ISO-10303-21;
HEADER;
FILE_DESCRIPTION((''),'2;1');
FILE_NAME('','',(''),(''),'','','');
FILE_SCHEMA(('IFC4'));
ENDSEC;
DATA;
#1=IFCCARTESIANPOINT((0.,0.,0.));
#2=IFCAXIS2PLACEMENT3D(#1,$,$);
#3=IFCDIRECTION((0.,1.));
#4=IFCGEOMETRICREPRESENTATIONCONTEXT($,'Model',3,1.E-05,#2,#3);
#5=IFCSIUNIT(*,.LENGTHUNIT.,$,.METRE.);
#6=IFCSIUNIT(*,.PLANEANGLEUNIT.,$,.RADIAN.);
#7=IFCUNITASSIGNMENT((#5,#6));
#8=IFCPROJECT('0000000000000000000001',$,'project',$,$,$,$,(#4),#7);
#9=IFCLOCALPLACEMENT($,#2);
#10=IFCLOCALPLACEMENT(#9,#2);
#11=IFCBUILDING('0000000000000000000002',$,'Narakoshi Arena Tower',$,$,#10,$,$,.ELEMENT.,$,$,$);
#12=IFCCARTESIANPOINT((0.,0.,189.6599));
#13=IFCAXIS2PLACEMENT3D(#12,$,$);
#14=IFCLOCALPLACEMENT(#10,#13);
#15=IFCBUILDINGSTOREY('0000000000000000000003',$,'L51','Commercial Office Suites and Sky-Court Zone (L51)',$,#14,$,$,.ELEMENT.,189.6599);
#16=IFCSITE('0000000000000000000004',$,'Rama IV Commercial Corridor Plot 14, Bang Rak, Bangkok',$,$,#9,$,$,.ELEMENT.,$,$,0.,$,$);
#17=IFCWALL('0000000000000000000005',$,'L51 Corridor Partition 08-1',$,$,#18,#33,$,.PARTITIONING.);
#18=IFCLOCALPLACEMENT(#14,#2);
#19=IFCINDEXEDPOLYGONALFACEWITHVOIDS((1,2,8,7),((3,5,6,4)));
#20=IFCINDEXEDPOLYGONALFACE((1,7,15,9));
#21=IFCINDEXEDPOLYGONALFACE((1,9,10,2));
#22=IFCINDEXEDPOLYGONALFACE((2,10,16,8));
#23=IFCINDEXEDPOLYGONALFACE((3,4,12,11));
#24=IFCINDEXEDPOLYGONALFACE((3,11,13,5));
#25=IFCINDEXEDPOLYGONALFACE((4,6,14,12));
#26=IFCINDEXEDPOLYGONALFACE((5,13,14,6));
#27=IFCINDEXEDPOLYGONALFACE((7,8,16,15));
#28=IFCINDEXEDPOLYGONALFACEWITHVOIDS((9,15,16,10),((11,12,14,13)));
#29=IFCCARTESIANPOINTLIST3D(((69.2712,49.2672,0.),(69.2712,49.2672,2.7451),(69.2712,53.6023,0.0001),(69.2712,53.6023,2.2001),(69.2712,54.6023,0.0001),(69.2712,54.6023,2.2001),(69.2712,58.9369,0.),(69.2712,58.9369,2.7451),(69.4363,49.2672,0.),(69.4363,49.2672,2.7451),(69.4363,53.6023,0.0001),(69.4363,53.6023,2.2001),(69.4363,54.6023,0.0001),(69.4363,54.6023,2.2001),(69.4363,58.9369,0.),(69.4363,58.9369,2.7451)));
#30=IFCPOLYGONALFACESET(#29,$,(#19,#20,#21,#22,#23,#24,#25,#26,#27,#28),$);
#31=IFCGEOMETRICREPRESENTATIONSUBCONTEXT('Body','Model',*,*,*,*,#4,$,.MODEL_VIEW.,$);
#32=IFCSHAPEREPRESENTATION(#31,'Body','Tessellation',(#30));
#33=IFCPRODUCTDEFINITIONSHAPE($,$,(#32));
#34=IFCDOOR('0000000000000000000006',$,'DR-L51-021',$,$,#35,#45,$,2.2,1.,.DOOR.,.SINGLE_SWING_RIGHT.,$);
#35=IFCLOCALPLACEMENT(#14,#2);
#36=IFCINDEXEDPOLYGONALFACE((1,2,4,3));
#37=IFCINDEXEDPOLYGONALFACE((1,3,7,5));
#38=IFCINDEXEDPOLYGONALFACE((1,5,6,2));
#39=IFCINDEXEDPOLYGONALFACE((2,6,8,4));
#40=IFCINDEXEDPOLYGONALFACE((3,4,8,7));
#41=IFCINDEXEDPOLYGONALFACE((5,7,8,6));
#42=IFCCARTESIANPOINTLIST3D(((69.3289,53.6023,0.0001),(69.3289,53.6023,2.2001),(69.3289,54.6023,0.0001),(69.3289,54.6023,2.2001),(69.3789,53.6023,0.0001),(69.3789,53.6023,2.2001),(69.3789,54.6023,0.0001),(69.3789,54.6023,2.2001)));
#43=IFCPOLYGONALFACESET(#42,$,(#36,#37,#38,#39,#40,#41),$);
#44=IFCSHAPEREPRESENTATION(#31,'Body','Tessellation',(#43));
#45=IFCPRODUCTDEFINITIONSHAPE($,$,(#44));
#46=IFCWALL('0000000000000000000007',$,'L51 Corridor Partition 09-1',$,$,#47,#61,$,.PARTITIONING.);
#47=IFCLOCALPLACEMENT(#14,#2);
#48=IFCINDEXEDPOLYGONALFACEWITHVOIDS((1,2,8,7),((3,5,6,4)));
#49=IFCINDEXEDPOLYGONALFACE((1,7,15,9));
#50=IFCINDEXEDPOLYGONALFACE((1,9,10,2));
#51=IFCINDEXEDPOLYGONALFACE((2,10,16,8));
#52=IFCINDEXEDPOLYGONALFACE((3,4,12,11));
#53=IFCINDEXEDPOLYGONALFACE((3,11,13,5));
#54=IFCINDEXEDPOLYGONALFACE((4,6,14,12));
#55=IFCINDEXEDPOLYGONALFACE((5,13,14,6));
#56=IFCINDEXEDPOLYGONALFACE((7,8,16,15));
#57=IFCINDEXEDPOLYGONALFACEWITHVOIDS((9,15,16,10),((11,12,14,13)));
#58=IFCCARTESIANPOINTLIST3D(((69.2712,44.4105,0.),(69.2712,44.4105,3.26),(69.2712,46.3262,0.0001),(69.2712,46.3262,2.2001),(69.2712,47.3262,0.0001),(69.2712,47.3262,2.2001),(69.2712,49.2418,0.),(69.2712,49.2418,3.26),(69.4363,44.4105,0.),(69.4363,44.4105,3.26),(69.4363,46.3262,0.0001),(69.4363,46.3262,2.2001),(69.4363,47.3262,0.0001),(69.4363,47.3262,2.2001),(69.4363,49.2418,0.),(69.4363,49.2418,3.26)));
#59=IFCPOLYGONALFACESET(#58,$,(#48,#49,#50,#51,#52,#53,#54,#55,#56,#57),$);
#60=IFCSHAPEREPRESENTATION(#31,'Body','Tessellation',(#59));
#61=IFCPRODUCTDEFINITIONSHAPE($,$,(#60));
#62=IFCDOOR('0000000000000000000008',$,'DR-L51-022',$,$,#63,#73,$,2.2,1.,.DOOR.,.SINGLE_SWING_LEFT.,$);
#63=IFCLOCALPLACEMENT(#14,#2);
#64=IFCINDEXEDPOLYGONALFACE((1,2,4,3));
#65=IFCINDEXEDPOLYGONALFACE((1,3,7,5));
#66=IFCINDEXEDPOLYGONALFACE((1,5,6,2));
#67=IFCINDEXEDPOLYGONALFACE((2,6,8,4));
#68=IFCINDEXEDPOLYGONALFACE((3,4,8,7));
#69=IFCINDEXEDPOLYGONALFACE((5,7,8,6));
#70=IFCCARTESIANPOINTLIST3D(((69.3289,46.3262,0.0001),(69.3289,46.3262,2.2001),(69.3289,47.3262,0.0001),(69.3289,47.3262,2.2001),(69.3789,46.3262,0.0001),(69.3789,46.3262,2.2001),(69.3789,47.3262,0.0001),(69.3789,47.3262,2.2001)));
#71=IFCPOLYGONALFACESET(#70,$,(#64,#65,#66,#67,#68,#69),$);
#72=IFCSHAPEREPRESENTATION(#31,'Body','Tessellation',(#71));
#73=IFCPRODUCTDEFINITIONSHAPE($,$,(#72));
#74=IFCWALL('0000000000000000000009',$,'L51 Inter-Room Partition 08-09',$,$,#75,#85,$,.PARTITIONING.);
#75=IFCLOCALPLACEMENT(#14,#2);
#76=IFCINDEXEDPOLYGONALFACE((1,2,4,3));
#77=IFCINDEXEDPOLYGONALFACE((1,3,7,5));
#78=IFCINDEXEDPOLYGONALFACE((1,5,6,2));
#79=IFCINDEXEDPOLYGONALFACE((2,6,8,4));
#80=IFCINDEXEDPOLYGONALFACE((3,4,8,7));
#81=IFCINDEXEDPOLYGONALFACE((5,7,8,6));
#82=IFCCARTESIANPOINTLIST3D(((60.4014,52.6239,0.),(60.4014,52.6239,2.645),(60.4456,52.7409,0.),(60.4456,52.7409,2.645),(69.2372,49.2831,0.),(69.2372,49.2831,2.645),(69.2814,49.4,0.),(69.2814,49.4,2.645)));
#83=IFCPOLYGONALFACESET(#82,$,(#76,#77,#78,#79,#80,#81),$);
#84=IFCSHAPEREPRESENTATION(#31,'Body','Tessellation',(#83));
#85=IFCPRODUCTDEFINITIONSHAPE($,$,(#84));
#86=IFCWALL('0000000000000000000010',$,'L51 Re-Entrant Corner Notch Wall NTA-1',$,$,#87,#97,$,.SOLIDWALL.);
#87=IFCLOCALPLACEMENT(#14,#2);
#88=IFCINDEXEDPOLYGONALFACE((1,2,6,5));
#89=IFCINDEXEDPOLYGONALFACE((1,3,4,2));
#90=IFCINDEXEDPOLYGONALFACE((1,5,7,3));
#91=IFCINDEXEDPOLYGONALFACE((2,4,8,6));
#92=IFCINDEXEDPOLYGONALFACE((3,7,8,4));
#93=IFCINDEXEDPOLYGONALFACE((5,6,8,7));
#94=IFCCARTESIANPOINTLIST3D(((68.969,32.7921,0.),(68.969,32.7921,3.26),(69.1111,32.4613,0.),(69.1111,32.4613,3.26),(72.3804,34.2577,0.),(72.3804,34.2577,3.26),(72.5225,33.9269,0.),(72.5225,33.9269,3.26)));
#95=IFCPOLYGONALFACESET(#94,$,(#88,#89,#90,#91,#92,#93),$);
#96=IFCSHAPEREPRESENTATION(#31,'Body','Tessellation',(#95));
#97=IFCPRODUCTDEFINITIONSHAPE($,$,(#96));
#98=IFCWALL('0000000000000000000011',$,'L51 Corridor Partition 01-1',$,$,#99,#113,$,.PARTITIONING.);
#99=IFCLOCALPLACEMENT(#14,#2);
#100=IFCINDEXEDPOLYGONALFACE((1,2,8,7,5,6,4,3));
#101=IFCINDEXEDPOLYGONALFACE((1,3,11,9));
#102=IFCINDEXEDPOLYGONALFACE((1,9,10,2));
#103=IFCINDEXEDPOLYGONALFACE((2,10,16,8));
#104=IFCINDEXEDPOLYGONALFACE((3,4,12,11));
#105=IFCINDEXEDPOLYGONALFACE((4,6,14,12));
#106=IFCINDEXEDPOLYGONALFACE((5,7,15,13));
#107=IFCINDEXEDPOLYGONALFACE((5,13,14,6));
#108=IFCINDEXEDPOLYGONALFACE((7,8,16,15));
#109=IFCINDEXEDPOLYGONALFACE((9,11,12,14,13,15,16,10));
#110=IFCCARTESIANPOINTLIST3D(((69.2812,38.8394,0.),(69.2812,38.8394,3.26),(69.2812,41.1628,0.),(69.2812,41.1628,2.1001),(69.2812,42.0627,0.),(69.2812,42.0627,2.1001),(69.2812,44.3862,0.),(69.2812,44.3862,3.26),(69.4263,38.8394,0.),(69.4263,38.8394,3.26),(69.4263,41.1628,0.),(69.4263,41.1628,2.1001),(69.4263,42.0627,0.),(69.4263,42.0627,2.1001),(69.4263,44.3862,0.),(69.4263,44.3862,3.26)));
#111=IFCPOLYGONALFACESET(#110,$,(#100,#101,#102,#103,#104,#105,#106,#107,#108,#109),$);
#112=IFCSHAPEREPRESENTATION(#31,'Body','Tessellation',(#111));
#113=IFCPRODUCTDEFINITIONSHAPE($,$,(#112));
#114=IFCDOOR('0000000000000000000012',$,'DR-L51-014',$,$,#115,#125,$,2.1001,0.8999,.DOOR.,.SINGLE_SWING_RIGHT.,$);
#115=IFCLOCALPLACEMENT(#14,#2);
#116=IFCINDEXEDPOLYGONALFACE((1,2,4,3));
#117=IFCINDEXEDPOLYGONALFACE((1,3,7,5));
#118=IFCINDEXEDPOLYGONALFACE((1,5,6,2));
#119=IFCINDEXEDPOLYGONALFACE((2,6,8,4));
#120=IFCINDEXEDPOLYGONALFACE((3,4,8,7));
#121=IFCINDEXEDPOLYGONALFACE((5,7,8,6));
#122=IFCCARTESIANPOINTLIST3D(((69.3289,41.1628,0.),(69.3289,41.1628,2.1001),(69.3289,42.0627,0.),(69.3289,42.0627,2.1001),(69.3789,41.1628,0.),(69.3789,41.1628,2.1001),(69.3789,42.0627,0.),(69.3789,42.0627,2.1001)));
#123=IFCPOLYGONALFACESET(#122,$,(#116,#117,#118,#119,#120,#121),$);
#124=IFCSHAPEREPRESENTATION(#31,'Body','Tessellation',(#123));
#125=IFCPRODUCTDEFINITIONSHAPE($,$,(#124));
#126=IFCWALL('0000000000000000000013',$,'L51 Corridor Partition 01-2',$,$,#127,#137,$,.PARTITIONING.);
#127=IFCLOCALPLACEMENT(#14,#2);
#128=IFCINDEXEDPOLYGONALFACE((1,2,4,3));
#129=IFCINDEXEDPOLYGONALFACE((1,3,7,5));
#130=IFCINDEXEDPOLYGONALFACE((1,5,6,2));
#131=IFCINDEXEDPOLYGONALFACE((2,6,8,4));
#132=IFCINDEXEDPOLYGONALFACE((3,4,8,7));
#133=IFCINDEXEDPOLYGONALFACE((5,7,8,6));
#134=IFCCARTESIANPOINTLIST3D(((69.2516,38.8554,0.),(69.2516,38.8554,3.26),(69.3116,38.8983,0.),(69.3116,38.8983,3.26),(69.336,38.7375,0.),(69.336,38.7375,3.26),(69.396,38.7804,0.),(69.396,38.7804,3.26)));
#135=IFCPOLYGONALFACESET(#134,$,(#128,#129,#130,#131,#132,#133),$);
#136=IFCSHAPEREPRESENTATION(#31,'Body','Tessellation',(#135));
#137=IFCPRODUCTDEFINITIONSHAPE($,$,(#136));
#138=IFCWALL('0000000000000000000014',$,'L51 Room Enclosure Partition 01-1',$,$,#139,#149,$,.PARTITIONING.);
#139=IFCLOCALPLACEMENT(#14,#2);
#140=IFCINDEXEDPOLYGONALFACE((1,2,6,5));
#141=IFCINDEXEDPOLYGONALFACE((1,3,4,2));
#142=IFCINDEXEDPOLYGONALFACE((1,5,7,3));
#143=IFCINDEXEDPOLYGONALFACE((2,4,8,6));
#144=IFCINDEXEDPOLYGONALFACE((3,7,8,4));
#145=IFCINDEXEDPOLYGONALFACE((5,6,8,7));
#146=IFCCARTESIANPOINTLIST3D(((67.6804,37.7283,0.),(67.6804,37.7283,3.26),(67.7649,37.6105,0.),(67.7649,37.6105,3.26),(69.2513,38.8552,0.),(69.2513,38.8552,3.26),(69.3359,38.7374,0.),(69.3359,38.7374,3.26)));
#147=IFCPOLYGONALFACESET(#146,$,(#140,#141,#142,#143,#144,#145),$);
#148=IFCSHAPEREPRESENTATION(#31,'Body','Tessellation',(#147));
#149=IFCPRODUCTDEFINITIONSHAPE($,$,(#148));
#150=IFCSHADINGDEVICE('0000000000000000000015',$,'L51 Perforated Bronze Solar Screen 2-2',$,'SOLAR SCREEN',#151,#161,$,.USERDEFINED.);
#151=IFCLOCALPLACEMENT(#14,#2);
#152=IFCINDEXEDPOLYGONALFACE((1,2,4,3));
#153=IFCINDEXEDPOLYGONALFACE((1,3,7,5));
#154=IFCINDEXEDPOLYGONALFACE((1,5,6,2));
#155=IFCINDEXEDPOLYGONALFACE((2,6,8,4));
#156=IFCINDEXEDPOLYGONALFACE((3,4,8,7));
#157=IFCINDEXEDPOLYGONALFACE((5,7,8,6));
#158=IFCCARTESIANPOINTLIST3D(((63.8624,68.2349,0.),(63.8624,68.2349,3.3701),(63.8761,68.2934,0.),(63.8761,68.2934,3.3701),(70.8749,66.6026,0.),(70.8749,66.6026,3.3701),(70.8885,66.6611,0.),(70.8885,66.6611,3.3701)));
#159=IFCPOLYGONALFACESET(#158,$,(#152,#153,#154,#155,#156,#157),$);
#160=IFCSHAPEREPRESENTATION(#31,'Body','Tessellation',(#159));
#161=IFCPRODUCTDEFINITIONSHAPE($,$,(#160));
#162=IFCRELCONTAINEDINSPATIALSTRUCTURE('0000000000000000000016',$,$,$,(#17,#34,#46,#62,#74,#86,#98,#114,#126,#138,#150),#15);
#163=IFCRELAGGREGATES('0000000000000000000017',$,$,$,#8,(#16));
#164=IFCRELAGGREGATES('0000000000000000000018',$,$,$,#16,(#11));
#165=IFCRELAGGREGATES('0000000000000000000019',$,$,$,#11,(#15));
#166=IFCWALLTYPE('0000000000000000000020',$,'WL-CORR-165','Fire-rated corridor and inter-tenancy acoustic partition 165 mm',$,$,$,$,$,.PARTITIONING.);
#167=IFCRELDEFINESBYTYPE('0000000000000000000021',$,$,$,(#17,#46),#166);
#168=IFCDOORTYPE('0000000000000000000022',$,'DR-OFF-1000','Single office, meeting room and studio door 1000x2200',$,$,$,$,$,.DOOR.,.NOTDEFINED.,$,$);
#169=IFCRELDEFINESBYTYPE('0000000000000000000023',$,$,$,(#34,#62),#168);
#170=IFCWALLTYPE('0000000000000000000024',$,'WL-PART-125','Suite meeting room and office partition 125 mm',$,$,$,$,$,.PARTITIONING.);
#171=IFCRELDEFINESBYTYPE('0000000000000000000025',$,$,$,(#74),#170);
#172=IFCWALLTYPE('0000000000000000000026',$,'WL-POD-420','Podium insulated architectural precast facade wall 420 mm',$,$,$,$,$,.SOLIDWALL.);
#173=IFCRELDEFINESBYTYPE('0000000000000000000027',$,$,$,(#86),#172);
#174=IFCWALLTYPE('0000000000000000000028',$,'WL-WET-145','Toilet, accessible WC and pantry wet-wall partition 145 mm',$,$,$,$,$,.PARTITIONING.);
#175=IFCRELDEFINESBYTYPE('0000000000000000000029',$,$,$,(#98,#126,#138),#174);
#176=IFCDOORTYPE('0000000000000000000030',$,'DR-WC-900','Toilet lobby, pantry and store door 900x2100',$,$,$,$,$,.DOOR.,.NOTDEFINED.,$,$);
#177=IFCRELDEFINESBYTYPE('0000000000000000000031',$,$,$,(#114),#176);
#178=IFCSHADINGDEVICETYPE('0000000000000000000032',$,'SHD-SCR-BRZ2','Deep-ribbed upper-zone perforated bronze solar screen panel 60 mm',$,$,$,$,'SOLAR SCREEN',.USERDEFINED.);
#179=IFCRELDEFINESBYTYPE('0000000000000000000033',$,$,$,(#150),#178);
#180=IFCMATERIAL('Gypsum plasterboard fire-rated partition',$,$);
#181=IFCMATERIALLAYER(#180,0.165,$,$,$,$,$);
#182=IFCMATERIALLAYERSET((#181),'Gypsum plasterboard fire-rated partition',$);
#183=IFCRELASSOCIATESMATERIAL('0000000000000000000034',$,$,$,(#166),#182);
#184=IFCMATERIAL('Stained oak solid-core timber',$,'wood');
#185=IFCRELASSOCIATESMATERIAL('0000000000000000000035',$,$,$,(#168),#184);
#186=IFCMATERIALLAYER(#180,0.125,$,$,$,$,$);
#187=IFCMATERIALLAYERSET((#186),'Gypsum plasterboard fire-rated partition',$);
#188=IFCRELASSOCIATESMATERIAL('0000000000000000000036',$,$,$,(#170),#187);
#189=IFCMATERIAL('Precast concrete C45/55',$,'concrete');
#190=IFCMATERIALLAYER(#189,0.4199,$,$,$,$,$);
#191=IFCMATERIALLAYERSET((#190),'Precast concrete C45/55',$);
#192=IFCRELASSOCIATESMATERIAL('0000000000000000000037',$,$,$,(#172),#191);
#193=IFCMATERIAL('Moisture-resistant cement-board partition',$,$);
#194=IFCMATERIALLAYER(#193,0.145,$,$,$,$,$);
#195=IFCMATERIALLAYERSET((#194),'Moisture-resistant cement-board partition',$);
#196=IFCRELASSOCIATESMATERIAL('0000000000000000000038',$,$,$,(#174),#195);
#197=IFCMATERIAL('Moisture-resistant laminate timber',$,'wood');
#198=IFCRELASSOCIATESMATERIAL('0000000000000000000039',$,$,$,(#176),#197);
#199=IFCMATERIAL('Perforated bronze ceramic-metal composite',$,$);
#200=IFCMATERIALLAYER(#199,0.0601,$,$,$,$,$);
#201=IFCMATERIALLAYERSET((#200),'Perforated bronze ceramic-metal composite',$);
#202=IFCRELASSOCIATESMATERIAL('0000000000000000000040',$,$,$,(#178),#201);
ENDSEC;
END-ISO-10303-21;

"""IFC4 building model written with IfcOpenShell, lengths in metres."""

from ifc_helpers import new_model, si_unit, direction, frame, frame_2d, origin, origin_2d, place, context, subcontext, project, spatial, rectangle, extrude, material, layer, layer_set, type_object, element, fill, save


model = new_model("IFC4")

# Units and contexts
model_context = context("Model", 3, precision=1e-05, world=origin(), true_north=direction((0.0, 1.0)))
body_context = subcontext(model_context, "Body", "Model", "MODEL_VIEW")
ifc_project = project(units=[si_unit("LENGTHUNIT", "METRE"), si_unit("PLANEANGLEUNIT", "RADIAN")], contexts=[model_context])

# Site, building, storey
site_placement = place(None, origin())
site = spatial("IfcSite", under=ifc_project, at=site_placement, Name="Rama IV Commercial Corridor Plot 14, Bang Rak, Bangkok", CompositionType="ELEMENT", RefElevation=0.0)
building_placement = place(site_placement, origin())
building = spatial("IfcBuilding", under=site, at=building_placement, Name="Narakoshi Arena Tower", CompositionType="ELEMENT")
storey_placement = place(building_placement, frame((0.0, 0.0, 189.6599)))
storey = spatial("IfcBuildingStorey", under=building, at=storey_placement, Name="L51", Description="Commercial Office Suites and Sky-Court Zone (L51)", CompositionType="ELEMENT", Elevation=189.6599)

# Walls, openings, doors
ifc_material_1 = material(Name="Gypsum plasterboard fire-rated partition")
ifc_layer_1 = layer(ifc_material_1, 0.165)
ifc_layer_set_1 = layer_set([ifc_layer_1], Name="Gypsum plasterboard fire-rated partition")
wall_type_1 = type_object("IfcWallType", Name="WL-CORR-165", Description="Fire-rated corridor and inter-tenancy acoustic partition 165 mm", PredefinedType="PARTITIONING", material=ifc_layer_set_1)
wall_1_placement = place(storey_placement, frame((69.3538, 58.937, 0.0), z_axis=(0.0, 0.0, 1.0), x_axis=(0.0, -1.0, 0.0)))
wall_1 = element("IfcWall", 1, at=wall_1_placement, inside=storey, type_object=wall_type_1, Name="L51 Corridor Partition 08-1", PredefinedType="PARTITIONING", context=body_context, shape_type="SweptSolid", body=[
    extrude(rectangle(XDim=9.6697, YDim=0.165, at=frame_2d((4.835, 0.0))), origin(), (0.0, 0.0, 1.0), 2.7451),
])
opening_1_placement = place(wall_1_placement, frame((4.3347, 0.0, 0.0)))
opening_1 = element("IfcOpeningElement", 2, at=opening_1_placement, cuts=wall_1, PredefinedType="OPENING", context=body_context, shape_type="SweptSolid", body=[
    extrude(rectangle(XDim=1.0, YDim=2.2, at=frame_2d((0.5, 1.1001))), frame((0.0, 0.0925, 0.0), z_axis=(0.0, -1.0, 0.0), x_axis=(1.0, 0.0, 0.0)), (0.0, 0.0, 1.0), 0.1851),
])
ifc_material_2 = material(Name="Stained oak solid-core timber", Category="wood")
door_type_1 = type_object("IfcDoorType", Name="DR-OFF-1000", Description="Single office, meeting room and studio door 1000x2200", OperationType="NOTDEFINED", PredefinedType="DOOR", material=ifc_material_2)
door_1_placement = place(opening_1_placement, frame((1.0, 0.0, 0.0), z_axis=(0.0, 0.0, 1.0), x_axis=(-1.0, 0.0, 0.0)))
door_1 = element("IfcDoor", 3, at=door_1_placement, inside=storey, type_object=door_type_1, Name="DR-L51-021", OperationType="SINGLE_SWING_RIGHT", OverallHeight=2.2, OverallWidth=1.0, PredefinedType="DOOR", context=body_context, shape_type="SweptSolid", body=[
    extrude(rectangle(XDim=1.0, YDim=2.2, at=frame_2d((0.5, 1.1001))), frame((0.0, 0.0249, 0.0), z_axis=(0.0, -1.0, 0.0), x_axis=(1.0, 0.0, 0.0)), (0.0, 0.0, 1.0), 0.05),
])
fill(opening_1, door_1)
wall_2_placement = place(storey_placement, frame((69.3538, 49.2417, 0.0), z_axis=(0.0, 0.0, 1.0), x_axis=(0.0, -1.0, 0.0)))
wall_2 = element("IfcWall", 4, at=wall_2_placement, inside=storey, type_object=wall_type_1, Name="L51 Corridor Partition 09-1", PredefinedType="PARTITIONING", context=body_context, shape_type="SweptSolid", body=[
    extrude(rectangle(XDim=4.8313, YDim=0.165, at=frame_2d((2.4155, 0.0))), origin(), (0.0, 0.0, 1.0), 3.26),
])
opening_2_placement = place(wall_2_placement, frame((1.9155, 0.0, 0.0)))
opening_2 = element("IfcOpeningElement", 5, at=opening_2_placement, cuts=wall_2, PredefinedType="OPENING", context=body_context, shape_type="SweptSolid", body=[
    extrude(rectangle(XDim=1.0, YDim=2.2, at=frame_2d((0.5, 1.1001))), frame((0.0, 0.0925, 0.0), z_axis=(0.0, -1.0, 0.0), x_axis=(1.0, 0.0, 0.0)), (0.0, 0.0, 1.0), 0.1851),
])
door_2_placement = place(opening_2_placement, frame((1.0, 0.0, 0.0), z_axis=(0.0, 0.0, 1.0), x_axis=(-1.0, 0.0, 0.0)))
door_2 = element("IfcDoor", 6, at=door_2_placement, inside=storey, type_object=door_type_1, Name="DR-L51-022", OperationType="SINGLE_SWING_LEFT", OverallHeight=2.2, OverallWidth=1.0, PredefinedType="DOOR", context=body_context, shape_type="SweptSolid", body=[
    extrude(rectangle(XDim=1.0, YDim=2.2, at=frame_2d((0.5, 1.1001))), frame((0.0, 0.0249, 0.0), z_axis=(0.0, -1.0, 0.0), x_axis=(1.0, 0.0, 0.0)), (0.0, 0.0, 1.0), 0.05),
])
fill(opening_2, door_2)

# Walls
ifc_layer_2 = layer(ifc_material_1, 0.125)
ifc_layer_set_2 = layer_set([ifc_layer_2], Name="Gypsum plasterboard fire-rated partition")
wall_type_2 = type_object("IfcWallType", Name="WL-PART-125", Description="Suite meeting room and office partition 125 mm", PredefinedType="PARTITIONING", material=ifc_layer_set_2)
wall_3_placement = place(storey_placement, frame((69.2593, 49.3416, 0.0), z_axis=(0.0, 0.0, 1.0), x_axis=(-0.935371, 0.353668, 0.0)))
element("IfcWall", 7, at=wall_3_placement, inside=storey, type_object=wall_type_2, Name="L51 Inter-Room Partition 08-09", PredefinedType="PARTITIONING", context=body_context, shape_type="SweptSolid", body=[
    extrude(rectangle(XDim=9.4463, YDim=0.125, at=frame_2d((4.7231, 0.0))), origin(), (0.0, 0.0, 1.0), 2.645),
])
ifc_material_3 = material(Name="Precast concrete C45/55", Category="concrete")
ifc_layer_3 = layer(ifc_material_3, 0.4199)
ifc_layer_set_3 = layer_set([ifc_layer_3], Name="Precast concrete C45/55")
wall_type_3 = type_object("IfcWallType", Name="WL-POD-420", Description="Podium insulated architectural precast facade wall 420 mm", PredefinedType="SOLIDWALL", material=ifc_layer_set_3)
wall_4_placement = place(storey_placement, frame((69.04, 32.6267, 0.0), z_axis=(0.0, 0.0, 1.0), x_axis=(0.918798, 0.394729, 0.0)))
element("IfcWall", 8, at=wall_4_placement, inside=storey, type_object=wall_type_3, Name="L51 Re-Entrant Corner Notch Wall NTA-1", PredefinedType="SOLIDWALL", context=body_context, shape_type="SweptSolid", body=[
    extrude(rectangle(XDim=3.7129, YDim=0.3601, at=frame_2d((1.8564, 0.0))), origin(), (0.0, 0.0, 1.0), 3.26),
])

# Wall, opening, door
ifc_material_4 = material(Name="Moisture-resistant cement-board partition")
ifc_layer_4 = layer(ifc_material_4, 0.145)
ifc_layer_set_4 = layer_set([ifc_layer_4], Name="Moisture-resistant cement-board partition")
wall_type_4 = type_object("IfcWallType", Name="WL-WET-145", Description="Toilet, accessible WC and pantry wet-wall partition 145 mm", PredefinedType="PARTITIONING", material=ifc_layer_set_4)
wall_5_placement = place(storey_placement, frame((69.3538, 44.3862, 0.0), z_axis=(0.0, 0.0, 1.0), x_axis=(0.0, -1.0, 0.0)))
wall_5 = element("IfcWall", 9, at=wall_5_placement, inside=storey, type_object=wall_type_4, Name="L51 Corridor Partition 01-1", PredefinedType="PARTITIONING", context=body_context, shape_type="SweptSolid", body=[
    extrude(rectangle(XDim=5.5469, YDim=0.145, at=frame_2d((2.7734, 0.0))), origin(), (0.0, 0.0, 1.0), 3.26),
])
opening_3_placement = place(wall_5_placement, frame((2.3235, 0.0, 0.0)))
opening_3 = element("IfcOpeningElement", 10, at=opening_3_placement, cuts=wall_5, PredefinedType="OPENING", context=body_context, shape_type="SweptSolid", body=[
    extrude(rectangle(XDim=0.8999, YDim=2.1001, at=frame_2d((0.45, 1.05))), frame((0.0, 0.0825, 0.0), z_axis=(0.0, -1.0, 0.0), x_axis=(1.0, 0.0, 0.0)), (0.0, 0.0, 1.0), 0.165),
])
ifc_material_5 = material(Name="Moisture-resistant laminate timber", Category="wood")
door_type_2 = type_object("IfcDoorType", Name="DR-WC-900", Description="Toilet lobby, pantry and store door 900x2100", OperationType="NOTDEFINED", PredefinedType="DOOR", material=ifc_material_5)
door_3_placement = place(opening_3_placement, frame((0.8999, 0.0, 0.0), z_axis=(0.0, 0.0, 1.0), x_axis=(-1.0, 0.0, 0.0)))
door_3 = element("IfcDoor", 11, at=door_3_placement, inside=storey, type_object=door_type_2, Name="DR-L51-014", OperationType="SINGLE_SWING_RIGHT", OverallHeight=2.1001, OverallWidth=0.8999, PredefinedType="DOOR", context=body_context, shape_type="SweptSolid", body=[
    extrude(rectangle(XDim=0.8999, YDim=2.1001, at=frame_2d((0.45, 1.05))), frame((0.0, 0.0249, 0.0), z_axis=(0.0, -1.0, 0.0), x_axis=(1.0, 0.0, 0.0)), (0.0, 0.0, 1.0), 0.05),
])
fill(opening_3, door_3)

# Walls
wall_6_placement = place(storey_placement, frame((69.3538, 38.8394, 0.0), z_axis=(0.0, 0.0, 1.0), x_axis=(-0.813286, -0.581863, 0.0)))
element("IfcWall", 12, at=wall_6_placement, inside=storey, type_object=wall_type_4, Name="L51 Corridor Partition 01-2", PredefinedType="PARTITIONING", context=body_context, shape_type="SweptSolid", body=[
    extrude(rectangle(XDim=0.0737, YDim=0.145, at=frame_2d((0.0369, 0.0))), origin(), (0.0, 0.0, 1.0), 3.26),
])
wall_7_placement = place(storey_placement, frame((69.2937, 38.7964, 0.0), z_axis=(0.0, 0.0, 1.0), x_axis=(-0.812563, -0.582873, 0.0)))
element("IfcWall", 13, at=wall_7_placement, inside=storey, type_object=wall_type_4, Name="L51 Room Enclosure Partition 01-1", PredefinedType="PARTITIONING", context=body_context, shape_type="SweptSolid", body=[
    extrude(rectangle(XDim=1.9333, YDim=0.145, at=frame_2d((0.9668, 0.0))), origin(), (0.0, 0.0, 1.0), 3.26),
])

# Shading device
ifc_material_6 = material(Name="Perforated bronze ceramic-metal composite")
ifc_layer_5 = layer(ifc_material_6, 0.0601)
ifc_layer_set_5 = layer_set([ifc_layer_5], Name="Perforated bronze ceramic-metal composite")
shading_device_type = type_object("IfcShadingDeviceType", Name="SHD-SCR-BRZ2", Description="Deep-ribbed upper-zone perforated bronze solar screen panel 60 mm", ElementType="SOLAR SCREEN", PredefinedType="USERDEFINED", material=ifc_layer_set_5)
shading_device_placement = place(storey_placement, frame((67.3755, 67.448, 0.0), z_axis=(0.0, 0.0, 1.0), x_axis=(-0.97396, 0.226719, 0.0)))
element("IfcShadingDevice", 14, at=shading_device_placement, inside=storey, type_object=shading_device_type, Name="L51 Perforated Bronze Solar Screen 2-2", ObjectType="SOLAR SCREEN", PredefinedType="USERDEFINED", context=body_context, shape_type="SweptSolid", body=[
    extrude(rectangle(XDim=7.2, YDim=0.0601, at=origin_2d()), origin(), (0.0, 0.0, 1.0), 3.3701),
])

save(model, "model.ifc")
